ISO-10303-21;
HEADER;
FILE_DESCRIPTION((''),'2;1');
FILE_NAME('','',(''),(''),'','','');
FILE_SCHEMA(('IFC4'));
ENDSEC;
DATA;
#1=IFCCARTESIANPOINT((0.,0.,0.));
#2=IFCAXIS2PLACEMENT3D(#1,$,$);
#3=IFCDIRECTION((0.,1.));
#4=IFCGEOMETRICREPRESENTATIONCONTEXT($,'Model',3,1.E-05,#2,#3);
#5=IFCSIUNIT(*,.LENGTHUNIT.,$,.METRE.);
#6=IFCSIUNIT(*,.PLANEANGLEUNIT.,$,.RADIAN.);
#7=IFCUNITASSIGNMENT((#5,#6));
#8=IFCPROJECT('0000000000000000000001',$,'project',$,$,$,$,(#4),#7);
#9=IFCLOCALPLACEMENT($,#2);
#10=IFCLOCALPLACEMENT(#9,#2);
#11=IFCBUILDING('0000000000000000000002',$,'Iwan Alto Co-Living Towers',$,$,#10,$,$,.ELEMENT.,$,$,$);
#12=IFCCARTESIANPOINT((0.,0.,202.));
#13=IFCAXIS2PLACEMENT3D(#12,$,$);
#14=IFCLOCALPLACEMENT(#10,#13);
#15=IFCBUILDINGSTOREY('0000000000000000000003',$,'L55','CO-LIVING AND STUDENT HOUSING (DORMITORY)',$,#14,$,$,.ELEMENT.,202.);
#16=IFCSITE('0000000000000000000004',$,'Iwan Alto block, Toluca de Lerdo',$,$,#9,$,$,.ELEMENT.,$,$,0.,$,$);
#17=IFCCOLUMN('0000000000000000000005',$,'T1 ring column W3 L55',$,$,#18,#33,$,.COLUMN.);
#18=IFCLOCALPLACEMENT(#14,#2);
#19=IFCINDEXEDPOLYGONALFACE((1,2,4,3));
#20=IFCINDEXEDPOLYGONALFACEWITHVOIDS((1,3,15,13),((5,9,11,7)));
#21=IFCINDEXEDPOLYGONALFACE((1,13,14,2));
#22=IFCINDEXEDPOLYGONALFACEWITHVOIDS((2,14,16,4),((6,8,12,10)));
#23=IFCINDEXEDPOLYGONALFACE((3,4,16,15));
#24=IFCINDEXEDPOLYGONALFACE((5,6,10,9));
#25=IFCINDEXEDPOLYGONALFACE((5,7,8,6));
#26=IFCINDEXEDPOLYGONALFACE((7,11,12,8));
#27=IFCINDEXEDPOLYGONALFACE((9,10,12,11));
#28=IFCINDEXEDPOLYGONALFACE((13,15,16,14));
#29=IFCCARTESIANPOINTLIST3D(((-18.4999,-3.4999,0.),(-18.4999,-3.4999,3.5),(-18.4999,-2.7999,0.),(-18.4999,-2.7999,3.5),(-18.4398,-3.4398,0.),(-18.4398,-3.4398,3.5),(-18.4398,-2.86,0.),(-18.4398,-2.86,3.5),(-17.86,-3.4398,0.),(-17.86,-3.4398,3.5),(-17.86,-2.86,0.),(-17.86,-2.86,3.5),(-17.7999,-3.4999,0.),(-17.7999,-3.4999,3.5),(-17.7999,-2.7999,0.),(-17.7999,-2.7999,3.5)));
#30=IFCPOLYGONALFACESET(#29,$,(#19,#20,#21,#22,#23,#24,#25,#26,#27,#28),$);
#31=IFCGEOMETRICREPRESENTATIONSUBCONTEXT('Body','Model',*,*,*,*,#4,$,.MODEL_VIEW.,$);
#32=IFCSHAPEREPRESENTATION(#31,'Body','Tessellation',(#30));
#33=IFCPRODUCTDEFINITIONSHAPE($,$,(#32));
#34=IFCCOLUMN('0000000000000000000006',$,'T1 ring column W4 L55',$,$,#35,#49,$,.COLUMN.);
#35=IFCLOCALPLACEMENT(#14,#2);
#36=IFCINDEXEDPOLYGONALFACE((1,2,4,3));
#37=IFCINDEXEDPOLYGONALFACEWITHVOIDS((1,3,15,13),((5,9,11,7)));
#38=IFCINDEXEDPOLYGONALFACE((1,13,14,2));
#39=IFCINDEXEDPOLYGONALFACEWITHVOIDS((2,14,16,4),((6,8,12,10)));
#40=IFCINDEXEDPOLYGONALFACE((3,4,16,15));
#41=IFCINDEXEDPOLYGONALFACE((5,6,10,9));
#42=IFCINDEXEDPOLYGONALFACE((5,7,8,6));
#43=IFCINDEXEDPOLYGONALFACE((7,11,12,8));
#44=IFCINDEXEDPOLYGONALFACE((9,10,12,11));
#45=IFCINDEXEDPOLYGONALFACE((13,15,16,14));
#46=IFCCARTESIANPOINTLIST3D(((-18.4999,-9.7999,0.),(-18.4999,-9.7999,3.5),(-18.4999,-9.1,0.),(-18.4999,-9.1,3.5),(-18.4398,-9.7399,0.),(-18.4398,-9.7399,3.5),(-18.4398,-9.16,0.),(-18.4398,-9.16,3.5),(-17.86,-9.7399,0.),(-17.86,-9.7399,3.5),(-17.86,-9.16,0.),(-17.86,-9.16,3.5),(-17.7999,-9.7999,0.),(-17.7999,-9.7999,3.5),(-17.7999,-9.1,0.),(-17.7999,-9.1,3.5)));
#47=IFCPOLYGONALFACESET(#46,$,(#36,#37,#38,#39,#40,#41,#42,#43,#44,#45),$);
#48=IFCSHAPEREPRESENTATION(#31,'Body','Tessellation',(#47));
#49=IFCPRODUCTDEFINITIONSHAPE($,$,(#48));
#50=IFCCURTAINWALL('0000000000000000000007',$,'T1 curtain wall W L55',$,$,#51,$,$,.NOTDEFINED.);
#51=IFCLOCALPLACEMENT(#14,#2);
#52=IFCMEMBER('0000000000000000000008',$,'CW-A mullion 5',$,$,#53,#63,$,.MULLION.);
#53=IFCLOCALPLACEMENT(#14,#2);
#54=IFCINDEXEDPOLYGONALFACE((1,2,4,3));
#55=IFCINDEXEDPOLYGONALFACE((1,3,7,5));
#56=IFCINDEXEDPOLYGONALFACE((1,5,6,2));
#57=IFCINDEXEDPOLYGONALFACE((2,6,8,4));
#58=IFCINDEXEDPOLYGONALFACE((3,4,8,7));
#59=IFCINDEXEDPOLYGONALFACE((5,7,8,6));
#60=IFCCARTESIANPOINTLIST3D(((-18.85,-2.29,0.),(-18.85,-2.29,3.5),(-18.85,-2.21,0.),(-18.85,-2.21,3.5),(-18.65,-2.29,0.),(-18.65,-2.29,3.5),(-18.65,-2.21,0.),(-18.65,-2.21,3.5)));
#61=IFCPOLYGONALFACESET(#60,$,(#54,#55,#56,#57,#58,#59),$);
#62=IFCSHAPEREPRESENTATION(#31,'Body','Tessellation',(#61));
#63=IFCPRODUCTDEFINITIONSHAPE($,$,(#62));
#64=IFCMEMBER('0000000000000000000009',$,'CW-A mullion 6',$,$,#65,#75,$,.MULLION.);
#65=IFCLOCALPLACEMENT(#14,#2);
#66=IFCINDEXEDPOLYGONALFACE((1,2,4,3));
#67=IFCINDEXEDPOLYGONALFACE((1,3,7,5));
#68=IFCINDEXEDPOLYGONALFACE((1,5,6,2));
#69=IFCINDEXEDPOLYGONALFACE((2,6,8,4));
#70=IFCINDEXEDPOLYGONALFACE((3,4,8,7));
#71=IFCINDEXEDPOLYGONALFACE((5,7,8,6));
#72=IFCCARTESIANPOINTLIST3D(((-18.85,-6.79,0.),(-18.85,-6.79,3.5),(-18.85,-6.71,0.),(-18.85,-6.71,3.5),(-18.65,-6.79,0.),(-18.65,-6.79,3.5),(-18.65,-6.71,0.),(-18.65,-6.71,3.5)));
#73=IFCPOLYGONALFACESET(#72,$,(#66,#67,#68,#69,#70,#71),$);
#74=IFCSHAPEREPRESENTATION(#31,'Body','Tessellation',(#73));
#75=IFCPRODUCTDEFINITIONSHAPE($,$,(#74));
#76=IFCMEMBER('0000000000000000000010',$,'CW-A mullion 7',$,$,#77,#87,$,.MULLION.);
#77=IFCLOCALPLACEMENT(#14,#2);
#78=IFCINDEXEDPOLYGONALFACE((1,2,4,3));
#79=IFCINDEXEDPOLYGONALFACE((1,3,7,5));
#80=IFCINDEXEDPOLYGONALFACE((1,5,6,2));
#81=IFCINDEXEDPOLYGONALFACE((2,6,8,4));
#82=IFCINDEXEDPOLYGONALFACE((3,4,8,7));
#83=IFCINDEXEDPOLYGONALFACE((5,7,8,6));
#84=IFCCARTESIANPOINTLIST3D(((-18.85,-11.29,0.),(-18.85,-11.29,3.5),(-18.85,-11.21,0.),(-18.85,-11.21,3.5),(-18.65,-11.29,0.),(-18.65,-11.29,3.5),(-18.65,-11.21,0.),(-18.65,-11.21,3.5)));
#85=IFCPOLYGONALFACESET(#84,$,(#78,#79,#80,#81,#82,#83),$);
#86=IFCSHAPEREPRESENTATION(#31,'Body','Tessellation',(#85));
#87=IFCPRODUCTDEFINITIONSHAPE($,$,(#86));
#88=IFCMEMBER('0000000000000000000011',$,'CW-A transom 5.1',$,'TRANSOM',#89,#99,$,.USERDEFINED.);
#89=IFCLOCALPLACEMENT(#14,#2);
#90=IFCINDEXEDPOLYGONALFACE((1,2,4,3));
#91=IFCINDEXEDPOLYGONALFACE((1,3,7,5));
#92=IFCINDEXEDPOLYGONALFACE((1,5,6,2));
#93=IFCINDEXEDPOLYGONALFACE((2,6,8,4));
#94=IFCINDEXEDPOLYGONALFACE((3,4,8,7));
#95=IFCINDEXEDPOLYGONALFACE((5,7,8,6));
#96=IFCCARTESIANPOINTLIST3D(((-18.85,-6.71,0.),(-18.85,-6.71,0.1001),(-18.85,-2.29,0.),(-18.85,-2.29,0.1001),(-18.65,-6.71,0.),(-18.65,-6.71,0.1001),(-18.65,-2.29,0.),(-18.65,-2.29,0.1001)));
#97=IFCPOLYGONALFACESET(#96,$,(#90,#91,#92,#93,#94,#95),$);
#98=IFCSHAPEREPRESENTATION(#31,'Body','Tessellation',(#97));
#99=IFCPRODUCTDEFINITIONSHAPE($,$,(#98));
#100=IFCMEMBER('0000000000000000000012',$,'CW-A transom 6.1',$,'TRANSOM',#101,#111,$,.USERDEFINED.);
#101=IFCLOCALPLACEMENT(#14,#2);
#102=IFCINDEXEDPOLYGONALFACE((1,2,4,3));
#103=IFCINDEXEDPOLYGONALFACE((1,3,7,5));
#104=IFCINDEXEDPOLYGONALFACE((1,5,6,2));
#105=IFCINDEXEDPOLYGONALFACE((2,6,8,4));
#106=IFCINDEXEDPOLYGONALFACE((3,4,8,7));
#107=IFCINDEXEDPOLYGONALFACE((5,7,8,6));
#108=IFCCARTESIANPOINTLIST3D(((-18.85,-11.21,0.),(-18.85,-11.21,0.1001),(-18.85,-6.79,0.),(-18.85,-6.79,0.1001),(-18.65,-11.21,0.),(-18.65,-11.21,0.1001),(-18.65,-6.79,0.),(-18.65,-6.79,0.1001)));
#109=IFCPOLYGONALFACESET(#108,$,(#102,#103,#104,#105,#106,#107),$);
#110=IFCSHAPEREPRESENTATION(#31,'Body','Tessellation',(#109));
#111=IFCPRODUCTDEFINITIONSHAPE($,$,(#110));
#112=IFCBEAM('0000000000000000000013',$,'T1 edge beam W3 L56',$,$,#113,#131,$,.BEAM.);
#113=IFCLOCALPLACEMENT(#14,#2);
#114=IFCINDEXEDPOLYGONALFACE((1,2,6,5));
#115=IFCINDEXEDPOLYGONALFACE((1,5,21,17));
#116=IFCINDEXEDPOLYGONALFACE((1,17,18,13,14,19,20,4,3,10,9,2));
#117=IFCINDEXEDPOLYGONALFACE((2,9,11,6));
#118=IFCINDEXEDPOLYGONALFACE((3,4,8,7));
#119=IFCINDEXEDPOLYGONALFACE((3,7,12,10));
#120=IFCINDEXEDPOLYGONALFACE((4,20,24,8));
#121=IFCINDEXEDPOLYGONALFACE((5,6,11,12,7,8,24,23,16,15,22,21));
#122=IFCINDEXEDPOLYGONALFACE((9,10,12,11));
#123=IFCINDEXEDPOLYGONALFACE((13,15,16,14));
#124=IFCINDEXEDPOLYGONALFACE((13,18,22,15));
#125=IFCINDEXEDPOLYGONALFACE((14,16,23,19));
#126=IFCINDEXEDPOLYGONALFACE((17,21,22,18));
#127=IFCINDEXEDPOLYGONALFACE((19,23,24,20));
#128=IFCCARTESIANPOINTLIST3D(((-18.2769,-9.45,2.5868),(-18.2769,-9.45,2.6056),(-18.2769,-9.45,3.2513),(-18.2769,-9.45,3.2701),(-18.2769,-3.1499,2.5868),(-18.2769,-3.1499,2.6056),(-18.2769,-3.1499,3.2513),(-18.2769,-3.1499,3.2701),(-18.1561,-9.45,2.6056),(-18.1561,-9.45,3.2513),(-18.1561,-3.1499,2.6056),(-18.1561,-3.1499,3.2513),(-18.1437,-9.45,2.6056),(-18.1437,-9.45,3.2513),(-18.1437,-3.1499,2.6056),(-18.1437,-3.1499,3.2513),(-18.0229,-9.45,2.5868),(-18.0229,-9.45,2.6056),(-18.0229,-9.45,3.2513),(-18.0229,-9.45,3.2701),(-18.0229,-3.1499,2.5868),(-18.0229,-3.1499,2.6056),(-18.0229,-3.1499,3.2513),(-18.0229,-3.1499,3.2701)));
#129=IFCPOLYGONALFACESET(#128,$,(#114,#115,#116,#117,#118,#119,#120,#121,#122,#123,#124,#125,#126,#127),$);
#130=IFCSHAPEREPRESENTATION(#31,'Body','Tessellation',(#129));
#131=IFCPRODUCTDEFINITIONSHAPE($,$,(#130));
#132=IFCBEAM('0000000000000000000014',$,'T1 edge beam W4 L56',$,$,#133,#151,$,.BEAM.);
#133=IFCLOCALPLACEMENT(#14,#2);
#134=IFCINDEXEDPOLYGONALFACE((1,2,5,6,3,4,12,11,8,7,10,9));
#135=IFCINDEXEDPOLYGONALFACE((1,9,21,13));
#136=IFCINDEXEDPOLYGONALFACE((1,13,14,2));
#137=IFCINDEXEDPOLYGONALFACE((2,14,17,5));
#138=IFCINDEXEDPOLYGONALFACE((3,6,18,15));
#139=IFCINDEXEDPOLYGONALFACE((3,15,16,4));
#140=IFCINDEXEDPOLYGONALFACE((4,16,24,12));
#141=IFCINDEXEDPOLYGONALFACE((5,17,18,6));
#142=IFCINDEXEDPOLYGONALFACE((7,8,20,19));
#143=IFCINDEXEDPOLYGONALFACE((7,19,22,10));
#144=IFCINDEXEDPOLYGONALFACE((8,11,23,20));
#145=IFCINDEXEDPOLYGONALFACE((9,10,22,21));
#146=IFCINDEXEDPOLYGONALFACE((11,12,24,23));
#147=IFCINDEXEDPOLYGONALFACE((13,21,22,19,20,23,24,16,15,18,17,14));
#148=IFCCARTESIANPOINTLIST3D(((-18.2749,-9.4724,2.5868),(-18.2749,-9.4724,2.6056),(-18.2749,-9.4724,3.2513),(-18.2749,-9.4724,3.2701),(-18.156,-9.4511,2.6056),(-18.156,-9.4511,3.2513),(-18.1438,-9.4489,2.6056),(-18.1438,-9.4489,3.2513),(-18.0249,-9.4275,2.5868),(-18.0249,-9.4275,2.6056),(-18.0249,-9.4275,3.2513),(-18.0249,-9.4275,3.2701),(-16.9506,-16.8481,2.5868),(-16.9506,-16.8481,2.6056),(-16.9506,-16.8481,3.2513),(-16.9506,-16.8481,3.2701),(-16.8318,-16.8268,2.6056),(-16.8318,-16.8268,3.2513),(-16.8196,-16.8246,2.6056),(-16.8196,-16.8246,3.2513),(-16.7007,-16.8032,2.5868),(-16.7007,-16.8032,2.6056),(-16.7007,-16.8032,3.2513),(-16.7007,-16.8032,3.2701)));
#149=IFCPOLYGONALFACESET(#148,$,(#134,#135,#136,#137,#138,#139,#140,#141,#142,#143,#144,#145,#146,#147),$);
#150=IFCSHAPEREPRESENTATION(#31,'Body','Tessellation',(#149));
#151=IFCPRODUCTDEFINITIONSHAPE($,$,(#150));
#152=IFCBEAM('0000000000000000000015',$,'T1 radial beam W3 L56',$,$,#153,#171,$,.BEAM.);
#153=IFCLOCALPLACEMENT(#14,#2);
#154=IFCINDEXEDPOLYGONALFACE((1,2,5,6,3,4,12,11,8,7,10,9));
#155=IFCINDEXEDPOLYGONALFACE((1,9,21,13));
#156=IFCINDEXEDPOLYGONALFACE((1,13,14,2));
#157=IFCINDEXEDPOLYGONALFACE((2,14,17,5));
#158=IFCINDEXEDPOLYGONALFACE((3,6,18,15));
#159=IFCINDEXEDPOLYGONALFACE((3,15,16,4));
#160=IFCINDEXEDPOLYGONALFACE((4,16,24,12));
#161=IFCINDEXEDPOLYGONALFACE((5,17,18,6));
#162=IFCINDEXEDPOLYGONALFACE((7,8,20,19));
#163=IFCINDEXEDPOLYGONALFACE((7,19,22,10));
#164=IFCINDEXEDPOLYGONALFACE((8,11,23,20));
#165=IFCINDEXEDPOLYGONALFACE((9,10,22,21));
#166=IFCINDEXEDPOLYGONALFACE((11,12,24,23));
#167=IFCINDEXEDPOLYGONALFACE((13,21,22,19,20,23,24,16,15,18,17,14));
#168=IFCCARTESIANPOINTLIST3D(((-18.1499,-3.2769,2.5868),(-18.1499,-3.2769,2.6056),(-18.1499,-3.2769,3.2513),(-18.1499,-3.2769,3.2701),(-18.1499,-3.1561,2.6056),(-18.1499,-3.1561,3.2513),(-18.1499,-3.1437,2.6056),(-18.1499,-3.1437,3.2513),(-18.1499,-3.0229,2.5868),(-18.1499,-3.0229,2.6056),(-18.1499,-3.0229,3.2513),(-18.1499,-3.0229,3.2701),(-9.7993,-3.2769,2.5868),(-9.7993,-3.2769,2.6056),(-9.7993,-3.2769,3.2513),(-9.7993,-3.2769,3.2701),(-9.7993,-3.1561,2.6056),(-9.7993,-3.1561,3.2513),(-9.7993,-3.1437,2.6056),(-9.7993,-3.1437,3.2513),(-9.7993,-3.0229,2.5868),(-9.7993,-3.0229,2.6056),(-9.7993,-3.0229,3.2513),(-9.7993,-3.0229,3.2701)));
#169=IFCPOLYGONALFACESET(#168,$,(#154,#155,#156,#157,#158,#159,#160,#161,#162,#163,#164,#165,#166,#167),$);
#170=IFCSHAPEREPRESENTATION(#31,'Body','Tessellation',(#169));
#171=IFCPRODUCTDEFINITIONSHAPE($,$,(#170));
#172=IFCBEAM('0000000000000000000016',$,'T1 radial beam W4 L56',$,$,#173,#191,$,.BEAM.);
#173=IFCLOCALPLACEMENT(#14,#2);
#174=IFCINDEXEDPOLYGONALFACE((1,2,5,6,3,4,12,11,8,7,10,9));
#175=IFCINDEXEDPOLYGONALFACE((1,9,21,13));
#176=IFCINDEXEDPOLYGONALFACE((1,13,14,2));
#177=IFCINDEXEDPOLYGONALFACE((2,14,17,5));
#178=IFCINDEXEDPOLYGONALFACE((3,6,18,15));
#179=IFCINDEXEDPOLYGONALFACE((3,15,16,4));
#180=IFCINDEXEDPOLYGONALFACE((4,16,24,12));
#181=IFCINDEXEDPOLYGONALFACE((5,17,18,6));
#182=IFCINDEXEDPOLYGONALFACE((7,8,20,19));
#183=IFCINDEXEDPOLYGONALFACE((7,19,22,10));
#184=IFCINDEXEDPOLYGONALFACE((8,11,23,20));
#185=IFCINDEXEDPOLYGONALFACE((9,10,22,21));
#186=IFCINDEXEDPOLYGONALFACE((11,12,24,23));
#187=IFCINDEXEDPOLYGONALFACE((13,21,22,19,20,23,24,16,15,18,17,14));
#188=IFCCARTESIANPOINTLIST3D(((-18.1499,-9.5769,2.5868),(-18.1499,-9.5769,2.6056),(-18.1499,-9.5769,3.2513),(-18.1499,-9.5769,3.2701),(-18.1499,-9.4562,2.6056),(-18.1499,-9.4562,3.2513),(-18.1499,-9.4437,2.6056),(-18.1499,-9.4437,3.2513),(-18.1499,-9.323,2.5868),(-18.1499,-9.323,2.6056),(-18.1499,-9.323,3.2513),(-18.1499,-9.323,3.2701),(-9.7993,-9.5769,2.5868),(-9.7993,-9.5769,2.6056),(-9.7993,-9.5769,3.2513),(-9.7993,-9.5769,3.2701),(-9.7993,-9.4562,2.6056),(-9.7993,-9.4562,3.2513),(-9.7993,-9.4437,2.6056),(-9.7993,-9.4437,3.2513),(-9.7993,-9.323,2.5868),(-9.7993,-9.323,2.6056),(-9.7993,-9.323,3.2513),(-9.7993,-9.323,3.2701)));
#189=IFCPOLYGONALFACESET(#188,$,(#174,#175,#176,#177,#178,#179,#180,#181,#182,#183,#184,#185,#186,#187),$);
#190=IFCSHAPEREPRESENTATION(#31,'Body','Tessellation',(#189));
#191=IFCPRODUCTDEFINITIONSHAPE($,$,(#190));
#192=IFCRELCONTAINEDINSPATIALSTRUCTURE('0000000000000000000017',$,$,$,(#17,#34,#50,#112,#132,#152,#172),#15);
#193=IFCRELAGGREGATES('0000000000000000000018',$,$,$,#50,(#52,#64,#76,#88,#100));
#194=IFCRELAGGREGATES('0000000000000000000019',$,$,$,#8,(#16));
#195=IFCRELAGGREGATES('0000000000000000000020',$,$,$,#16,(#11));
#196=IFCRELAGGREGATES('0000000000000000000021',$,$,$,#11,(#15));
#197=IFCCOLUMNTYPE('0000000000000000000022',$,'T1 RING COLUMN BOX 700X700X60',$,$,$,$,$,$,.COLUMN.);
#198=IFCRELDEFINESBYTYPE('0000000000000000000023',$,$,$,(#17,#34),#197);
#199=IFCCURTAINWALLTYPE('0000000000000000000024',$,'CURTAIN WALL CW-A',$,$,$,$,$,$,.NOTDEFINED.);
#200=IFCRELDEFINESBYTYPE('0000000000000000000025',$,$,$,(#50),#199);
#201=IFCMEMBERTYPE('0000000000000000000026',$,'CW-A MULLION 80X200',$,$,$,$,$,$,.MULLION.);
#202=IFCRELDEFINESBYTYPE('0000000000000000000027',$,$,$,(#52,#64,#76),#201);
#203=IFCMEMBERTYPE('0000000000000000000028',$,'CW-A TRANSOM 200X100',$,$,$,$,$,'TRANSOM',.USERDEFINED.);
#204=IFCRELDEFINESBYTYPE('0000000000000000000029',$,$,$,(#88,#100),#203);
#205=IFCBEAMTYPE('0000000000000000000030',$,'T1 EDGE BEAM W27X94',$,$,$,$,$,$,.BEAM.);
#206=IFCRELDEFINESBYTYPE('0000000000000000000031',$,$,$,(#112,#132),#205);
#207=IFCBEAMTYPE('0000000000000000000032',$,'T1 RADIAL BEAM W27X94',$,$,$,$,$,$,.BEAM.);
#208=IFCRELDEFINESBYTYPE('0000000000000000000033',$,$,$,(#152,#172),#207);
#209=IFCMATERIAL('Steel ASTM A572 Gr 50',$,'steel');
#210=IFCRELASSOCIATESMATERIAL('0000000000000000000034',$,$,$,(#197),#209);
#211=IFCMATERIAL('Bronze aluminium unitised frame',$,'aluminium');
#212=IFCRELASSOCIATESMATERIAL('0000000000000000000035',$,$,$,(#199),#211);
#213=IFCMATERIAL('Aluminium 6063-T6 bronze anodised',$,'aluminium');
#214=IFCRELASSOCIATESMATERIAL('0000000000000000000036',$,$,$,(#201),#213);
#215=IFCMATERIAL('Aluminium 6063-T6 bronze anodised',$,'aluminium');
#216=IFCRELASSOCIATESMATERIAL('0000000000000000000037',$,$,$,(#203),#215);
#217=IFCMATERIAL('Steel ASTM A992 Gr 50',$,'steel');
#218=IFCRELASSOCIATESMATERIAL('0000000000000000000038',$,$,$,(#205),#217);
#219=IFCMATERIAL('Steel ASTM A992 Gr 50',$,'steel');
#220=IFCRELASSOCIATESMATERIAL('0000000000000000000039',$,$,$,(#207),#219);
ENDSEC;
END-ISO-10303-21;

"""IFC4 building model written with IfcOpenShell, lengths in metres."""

from ifc_helpers import new_model, si_unit, direction, frame, origin, origin_2d, place, context, subcontext, project, spatial, rectangle, hollow_rectangle, i_section, extrude, material, material_profile, profile_set, type_object, element, aggregate, save


model = new_model("IFC4")

# Units and contexts
model_context = context("Model", 3, precision=1e-05, world=origin(), true_north=direction((0.0, 1.0)))
body_context = subcontext(model_context, "Body", "Model", "MODEL_VIEW")
ifc_project = project(units=[si_unit("LENGTHUNIT", "METRE"), si_unit("PLANEANGLEUNIT", "RADIAN")], contexts=[model_context])

# Site, building, storey
site_placement = place(None, origin())
site = spatial("IfcSite", under=ifc_project, at=site_placement, Name="Iwan Alto block, Toluca de Lerdo", CompositionType="ELEMENT", RefElevation=0.0)
building_placement = place(site_placement, origin())
building = spatial("IfcBuilding", under=site, at=building_placement, Name="Iwan Alto Co-Living Towers", CompositionType="ELEMENT")
storey_placement = place(building_placement, frame((0.0, 0.0, 202.0)))
storey = spatial("IfcBuildingStorey", under=building, at=storey_placement, Name="L55", Description="CO-LIVING AND STUDENT HOUSING (DORMITORY)", CompositionType="ELEMENT", Elevation=202.0)

# Columns
ifc_material_1 = material(Name="Steel ASTM A572 Gr 50", Category="steel")
ifc_material_profile_1 = material_profile(ifc_material_1, hollow_rectangle(XDim=0.7, YDim=0.7, WallThickness=0.0601, at=origin_2d()), Name="BOX 700X700X60")
ifc_profile_set_1 = profile_set([ifc_material_profile_1], Name="Steel ASTM A572 Gr 50")
column_type = type_object("IfcColumnType", Name="T1 RING COLUMN BOX 700X700X60", PredefinedType="COLUMN", material=ifc_profile_set_1)
for number, where, z_axis, x_axis, name in (
    (1, (-18.1499, -3.1499, 0.0), (0.0, 0.0, 1.0), (1.0, 0.0, 0.0), "T1 ring column W3 L55"),
    (2, (-18.1499, -9.45, 0.0), (0.0, 0.0, 1.0), (1.0, 0.0, 0.0), "T1 ring column W4 L55"),
):
    element("IfcColumn", number, at=place(storey_placement, frame(where, z_axis=z_axis, x_axis=x_axis)), inside=storey, type_object=column_type, Name=name, PredefinedType="COLUMN", context=body_context, shape_type="SweptSolid", body=[
        extrude(hollow_rectangle(XDim=0.7, YDim=0.7, WallThickness=0.0601, at=origin_2d()), origin(), (0.0, 0.0, 1.0), 3.5),
    ])

# Curtain wall, members
ifc_material_2 = material(Name="Bronze aluminium unitised frame", Category="aluminium")
curtain_wall_type = type_object("IfcCurtainWallType", Name="CURTAIN WALL CW-A", PredefinedType="NOTDEFINED", material=ifc_material_2)
curtain_wall_placement = place(storey_placement, origin())
curtain_wall = element("IfcCurtainWall", 3, at=curtain_wall_placement, inside=storey, type_object=curtain_wall_type, Name="T1 curtain wall W L55", PredefinedType="NOTDEFINED")
ifc_material_3 = material(Name="Aluminium 6063-T6 bronze anodised", Category="aluminium")
ifc_material_profile_2 = material_profile(ifc_material_3, rectangle(XDim=0.2, YDim=0.0801, at=origin_2d()), Name="AL 80X200")
ifc_profile_set_2 = profile_set([ifc_material_profile_2], Name="Aluminium 6063-T6 bronze anodised")
member_type_1 = type_object("IfcMemberType", Name="CW-A MULLION 80X200", PredefinedType="MULLION", material=ifc_profile_set_2)
member_1_placement = place(storey_placement, frame((-18.75, -2.25, 0.0), z_axis=(0.0, 0.0, 1.0), x_axis=(1.0, 0.0, 0.0)))
member_1 = element("IfcMember", 4, at=member_1_placement, type_object=member_type_1, Name="CW-A mullion 5", PredefinedType="MULLION", context=body_context, shape_type="SweptSolid", body=[
    extrude(rectangle(XDim=0.2, YDim=0.0801, at=origin_2d()), origin(), (0.0, 0.0, 1.0), 3.5),
])
member_2_placement = place(storey_placement, frame((-18.75, -6.75, 0.0), z_axis=(0.0, 0.0, 1.0), x_axis=(1.0, 0.0, 0.0)))
member_2 = element("IfcMember", 5, at=member_2_placement, type_object=member_type_1, Name="CW-A mullion 6", PredefinedType="MULLION", context=body_context, shape_type="SweptSolid", body=[
    extrude(rectangle(XDim=0.2, YDim=0.0801, at=origin_2d()), origin(), (0.0, 0.0, 1.0), 3.5),
])
member_3_placement = place(storey_placement, frame((-18.75, -11.25, 0.0), z_axis=(0.0, 0.0, 1.0), x_axis=(1.0, 0.0, 0.0)))
member_3 = element("IfcMember", 6, at=member_3_placement, type_object=member_type_1, Name="CW-A mullion 7", PredefinedType="MULLION", context=body_context, shape_type="SweptSolid", body=[
    extrude(rectangle(XDim=0.2, YDim=0.0801, at=origin_2d()), origin(), (0.0, 0.0, 1.0), 3.5),
])
ifc_material_4 = material(Name="Aluminium 6063-T6 bronze anodised", Category="aluminium")
ifc_material_profile_3 = material_profile(ifc_material_4, rectangle(XDim=0.2, YDim=0.1001, at=origin_2d()), Name="AL 200X100")
ifc_profile_set_3 = profile_set([ifc_material_profile_3], Name="Aluminium 6063-T6 bronze anodised")
member_type_2 = type_object("IfcMemberType", Name="CW-A TRANSOM 200X100", ElementType="TRANSOM", PredefinedType="USERDEFINED", material=ifc_profile_set_3)
member_4_placement = place(storey_placement, frame((-18.75, -2.29, 0.05), z_axis=(0.0, -1.0, 0.0), x_axis=(1.0, 0.0, 0.0)))
member_4 = element("IfcMember", 7, at=member_4_placement, type_object=member_type_2, Name="CW-A transom 5.1", ObjectType="TRANSOM", PredefinedType="USERDEFINED", context=body_context, shape_type="SweptSolid", body=[
    extrude(rectangle(XDim=0.2, YDim=0.1001, at=origin_2d()), origin(), (0.0, 0.0, 1.0), 4.4199),
])
member_5_placement = place(storey_placement, frame((-18.75, -6.79, 0.05), z_axis=(0.0, -1.0, 0.0), x_axis=(1.0, 0.0, 0.0)))
member_5 = element("IfcMember", 8, at=member_5_placement, type_object=member_type_2, Name="CW-A transom 6.1", ObjectType="TRANSOM", PredefinedType="USERDEFINED", context=body_context, shape_type="SweptSolid", body=[
    extrude(rectangle(XDim=0.2, YDim=0.1001, at=origin_2d()), origin(), (0.0, 0.0, 1.0), 4.4199),
])

# Beams
ifc_material_5 = material(Name="Steel ASTM A992 Gr 50", Category="steel")
ifc_material_profile_4 = material_profile(ifc_material_5, i_section(OverallWidth=0.2539, OverallDepth=0.6833, WebThickness=0.0125, FlangeThickness=0.0188, at=origin_2d()), Name="W27X94")
ifc_profile_set_4 = profile_set([ifc_material_profile_4], Name="Steel ASTM A992 Gr 50")
beam_type_1 = type_object("IfcBeamType", Name="T1 EDGE BEAM W27X94", PredefinedType="BEAM", material=ifc_profile_set_4)
beam_1_placement = place(storey_placement, frame((-18.1499, -3.1499, 2.9285), z_axis=(0.0, -1.0, 0.0), x_axis=(1.0, 0.0, 0.0)))
element("IfcBeam", 9, at=beam_1_placement, inside=storey, type_object=beam_type_1, Name="T1 edge beam W3 L56", PredefinedType="BEAM", context=body_context, shape_type="SweptSolid", body=[
    extrude(i_section(OverallWidth=0.2539, OverallDepth=0.6833, WebThickness=0.0125, FlangeThickness=0.0188, at=origin_2d()), origin(), (0.0, 0.0, 1.0), 6.3),
])
beam_2_placement = place(storey_placement, frame((-18.1499, -9.45, 2.9285), z_axis=(0.176712, -0.984263, 0.0), x_axis=(0.984263, 0.176712, 0.0)))
element("IfcBeam", 10, at=beam_2_placement, inside=storey, type_object=beam_type_1, Name="T1 edge beam W4 L56", PredefinedType="BEAM", context=body_context, shape_type="SweptSolid", body=[
    extrude(i_section(OverallWidth=0.2539, OverallDepth=0.6833, WebThickness=0.0125, FlangeThickness=0.0188, at=origin_2d()), origin(), (0.0, 0.0, 1.0), 7.4937),
])
ifc_material_6 = material(Name="Steel ASTM A992 Gr 50", Category="steel")
ifc_material_profile_5 = material_profile(ifc_material_6, i_section(OverallWidth=0.2539, OverallDepth=0.6833, WebThickness=0.0125, FlangeThickness=0.0188, at=origin_2d()), Name="W27X94")
ifc_profile_set_5 = profile_set([ifc_material_profile_5], Name="Steel ASTM A992 Gr 50")
beam_type_2 = type_object("IfcBeamType", Name="T1 RADIAL BEAM W27X94", PredefinedType="BEAM", material=ifc_profile_set_5)
for number, where, z_axis, x_axis, name in (
    (11, (-18.1499, -3.1499, 2.9285), (1.0, 0.0, 0.0), (0.0, 1.0, 0.0), "T1 radial beam W3 L56"),
    (12, (-18.1499, -9.45, 2.9285), (1.0, 0.0, 0.0), (0.0, 1.0, 0.0), "T1 radial beam W4 L56"),
):
    element("IfcBeam", number, at=place(storey_placement, frame(where, z_axis=z_axis, x_axis=x_axis)), inside=storey, type_object=beam_type_2, Name=name, PredefinedType="BEAM", context=body_context, shape_type="SweptSolid", body=[
        extrude(i_section(OverallWidth=0.2539, OverallDepth=0.6833, WebThickness=0.0125, FlangeThickness=0.0188, at=origin_2d()), origin(), (0.0, 0.0, 1.0), 8.3506),
    ])

aggregate(curtain_wall, [member_1, member_2, member_3, member_4, member_5])

save(model, "model.ifc")
